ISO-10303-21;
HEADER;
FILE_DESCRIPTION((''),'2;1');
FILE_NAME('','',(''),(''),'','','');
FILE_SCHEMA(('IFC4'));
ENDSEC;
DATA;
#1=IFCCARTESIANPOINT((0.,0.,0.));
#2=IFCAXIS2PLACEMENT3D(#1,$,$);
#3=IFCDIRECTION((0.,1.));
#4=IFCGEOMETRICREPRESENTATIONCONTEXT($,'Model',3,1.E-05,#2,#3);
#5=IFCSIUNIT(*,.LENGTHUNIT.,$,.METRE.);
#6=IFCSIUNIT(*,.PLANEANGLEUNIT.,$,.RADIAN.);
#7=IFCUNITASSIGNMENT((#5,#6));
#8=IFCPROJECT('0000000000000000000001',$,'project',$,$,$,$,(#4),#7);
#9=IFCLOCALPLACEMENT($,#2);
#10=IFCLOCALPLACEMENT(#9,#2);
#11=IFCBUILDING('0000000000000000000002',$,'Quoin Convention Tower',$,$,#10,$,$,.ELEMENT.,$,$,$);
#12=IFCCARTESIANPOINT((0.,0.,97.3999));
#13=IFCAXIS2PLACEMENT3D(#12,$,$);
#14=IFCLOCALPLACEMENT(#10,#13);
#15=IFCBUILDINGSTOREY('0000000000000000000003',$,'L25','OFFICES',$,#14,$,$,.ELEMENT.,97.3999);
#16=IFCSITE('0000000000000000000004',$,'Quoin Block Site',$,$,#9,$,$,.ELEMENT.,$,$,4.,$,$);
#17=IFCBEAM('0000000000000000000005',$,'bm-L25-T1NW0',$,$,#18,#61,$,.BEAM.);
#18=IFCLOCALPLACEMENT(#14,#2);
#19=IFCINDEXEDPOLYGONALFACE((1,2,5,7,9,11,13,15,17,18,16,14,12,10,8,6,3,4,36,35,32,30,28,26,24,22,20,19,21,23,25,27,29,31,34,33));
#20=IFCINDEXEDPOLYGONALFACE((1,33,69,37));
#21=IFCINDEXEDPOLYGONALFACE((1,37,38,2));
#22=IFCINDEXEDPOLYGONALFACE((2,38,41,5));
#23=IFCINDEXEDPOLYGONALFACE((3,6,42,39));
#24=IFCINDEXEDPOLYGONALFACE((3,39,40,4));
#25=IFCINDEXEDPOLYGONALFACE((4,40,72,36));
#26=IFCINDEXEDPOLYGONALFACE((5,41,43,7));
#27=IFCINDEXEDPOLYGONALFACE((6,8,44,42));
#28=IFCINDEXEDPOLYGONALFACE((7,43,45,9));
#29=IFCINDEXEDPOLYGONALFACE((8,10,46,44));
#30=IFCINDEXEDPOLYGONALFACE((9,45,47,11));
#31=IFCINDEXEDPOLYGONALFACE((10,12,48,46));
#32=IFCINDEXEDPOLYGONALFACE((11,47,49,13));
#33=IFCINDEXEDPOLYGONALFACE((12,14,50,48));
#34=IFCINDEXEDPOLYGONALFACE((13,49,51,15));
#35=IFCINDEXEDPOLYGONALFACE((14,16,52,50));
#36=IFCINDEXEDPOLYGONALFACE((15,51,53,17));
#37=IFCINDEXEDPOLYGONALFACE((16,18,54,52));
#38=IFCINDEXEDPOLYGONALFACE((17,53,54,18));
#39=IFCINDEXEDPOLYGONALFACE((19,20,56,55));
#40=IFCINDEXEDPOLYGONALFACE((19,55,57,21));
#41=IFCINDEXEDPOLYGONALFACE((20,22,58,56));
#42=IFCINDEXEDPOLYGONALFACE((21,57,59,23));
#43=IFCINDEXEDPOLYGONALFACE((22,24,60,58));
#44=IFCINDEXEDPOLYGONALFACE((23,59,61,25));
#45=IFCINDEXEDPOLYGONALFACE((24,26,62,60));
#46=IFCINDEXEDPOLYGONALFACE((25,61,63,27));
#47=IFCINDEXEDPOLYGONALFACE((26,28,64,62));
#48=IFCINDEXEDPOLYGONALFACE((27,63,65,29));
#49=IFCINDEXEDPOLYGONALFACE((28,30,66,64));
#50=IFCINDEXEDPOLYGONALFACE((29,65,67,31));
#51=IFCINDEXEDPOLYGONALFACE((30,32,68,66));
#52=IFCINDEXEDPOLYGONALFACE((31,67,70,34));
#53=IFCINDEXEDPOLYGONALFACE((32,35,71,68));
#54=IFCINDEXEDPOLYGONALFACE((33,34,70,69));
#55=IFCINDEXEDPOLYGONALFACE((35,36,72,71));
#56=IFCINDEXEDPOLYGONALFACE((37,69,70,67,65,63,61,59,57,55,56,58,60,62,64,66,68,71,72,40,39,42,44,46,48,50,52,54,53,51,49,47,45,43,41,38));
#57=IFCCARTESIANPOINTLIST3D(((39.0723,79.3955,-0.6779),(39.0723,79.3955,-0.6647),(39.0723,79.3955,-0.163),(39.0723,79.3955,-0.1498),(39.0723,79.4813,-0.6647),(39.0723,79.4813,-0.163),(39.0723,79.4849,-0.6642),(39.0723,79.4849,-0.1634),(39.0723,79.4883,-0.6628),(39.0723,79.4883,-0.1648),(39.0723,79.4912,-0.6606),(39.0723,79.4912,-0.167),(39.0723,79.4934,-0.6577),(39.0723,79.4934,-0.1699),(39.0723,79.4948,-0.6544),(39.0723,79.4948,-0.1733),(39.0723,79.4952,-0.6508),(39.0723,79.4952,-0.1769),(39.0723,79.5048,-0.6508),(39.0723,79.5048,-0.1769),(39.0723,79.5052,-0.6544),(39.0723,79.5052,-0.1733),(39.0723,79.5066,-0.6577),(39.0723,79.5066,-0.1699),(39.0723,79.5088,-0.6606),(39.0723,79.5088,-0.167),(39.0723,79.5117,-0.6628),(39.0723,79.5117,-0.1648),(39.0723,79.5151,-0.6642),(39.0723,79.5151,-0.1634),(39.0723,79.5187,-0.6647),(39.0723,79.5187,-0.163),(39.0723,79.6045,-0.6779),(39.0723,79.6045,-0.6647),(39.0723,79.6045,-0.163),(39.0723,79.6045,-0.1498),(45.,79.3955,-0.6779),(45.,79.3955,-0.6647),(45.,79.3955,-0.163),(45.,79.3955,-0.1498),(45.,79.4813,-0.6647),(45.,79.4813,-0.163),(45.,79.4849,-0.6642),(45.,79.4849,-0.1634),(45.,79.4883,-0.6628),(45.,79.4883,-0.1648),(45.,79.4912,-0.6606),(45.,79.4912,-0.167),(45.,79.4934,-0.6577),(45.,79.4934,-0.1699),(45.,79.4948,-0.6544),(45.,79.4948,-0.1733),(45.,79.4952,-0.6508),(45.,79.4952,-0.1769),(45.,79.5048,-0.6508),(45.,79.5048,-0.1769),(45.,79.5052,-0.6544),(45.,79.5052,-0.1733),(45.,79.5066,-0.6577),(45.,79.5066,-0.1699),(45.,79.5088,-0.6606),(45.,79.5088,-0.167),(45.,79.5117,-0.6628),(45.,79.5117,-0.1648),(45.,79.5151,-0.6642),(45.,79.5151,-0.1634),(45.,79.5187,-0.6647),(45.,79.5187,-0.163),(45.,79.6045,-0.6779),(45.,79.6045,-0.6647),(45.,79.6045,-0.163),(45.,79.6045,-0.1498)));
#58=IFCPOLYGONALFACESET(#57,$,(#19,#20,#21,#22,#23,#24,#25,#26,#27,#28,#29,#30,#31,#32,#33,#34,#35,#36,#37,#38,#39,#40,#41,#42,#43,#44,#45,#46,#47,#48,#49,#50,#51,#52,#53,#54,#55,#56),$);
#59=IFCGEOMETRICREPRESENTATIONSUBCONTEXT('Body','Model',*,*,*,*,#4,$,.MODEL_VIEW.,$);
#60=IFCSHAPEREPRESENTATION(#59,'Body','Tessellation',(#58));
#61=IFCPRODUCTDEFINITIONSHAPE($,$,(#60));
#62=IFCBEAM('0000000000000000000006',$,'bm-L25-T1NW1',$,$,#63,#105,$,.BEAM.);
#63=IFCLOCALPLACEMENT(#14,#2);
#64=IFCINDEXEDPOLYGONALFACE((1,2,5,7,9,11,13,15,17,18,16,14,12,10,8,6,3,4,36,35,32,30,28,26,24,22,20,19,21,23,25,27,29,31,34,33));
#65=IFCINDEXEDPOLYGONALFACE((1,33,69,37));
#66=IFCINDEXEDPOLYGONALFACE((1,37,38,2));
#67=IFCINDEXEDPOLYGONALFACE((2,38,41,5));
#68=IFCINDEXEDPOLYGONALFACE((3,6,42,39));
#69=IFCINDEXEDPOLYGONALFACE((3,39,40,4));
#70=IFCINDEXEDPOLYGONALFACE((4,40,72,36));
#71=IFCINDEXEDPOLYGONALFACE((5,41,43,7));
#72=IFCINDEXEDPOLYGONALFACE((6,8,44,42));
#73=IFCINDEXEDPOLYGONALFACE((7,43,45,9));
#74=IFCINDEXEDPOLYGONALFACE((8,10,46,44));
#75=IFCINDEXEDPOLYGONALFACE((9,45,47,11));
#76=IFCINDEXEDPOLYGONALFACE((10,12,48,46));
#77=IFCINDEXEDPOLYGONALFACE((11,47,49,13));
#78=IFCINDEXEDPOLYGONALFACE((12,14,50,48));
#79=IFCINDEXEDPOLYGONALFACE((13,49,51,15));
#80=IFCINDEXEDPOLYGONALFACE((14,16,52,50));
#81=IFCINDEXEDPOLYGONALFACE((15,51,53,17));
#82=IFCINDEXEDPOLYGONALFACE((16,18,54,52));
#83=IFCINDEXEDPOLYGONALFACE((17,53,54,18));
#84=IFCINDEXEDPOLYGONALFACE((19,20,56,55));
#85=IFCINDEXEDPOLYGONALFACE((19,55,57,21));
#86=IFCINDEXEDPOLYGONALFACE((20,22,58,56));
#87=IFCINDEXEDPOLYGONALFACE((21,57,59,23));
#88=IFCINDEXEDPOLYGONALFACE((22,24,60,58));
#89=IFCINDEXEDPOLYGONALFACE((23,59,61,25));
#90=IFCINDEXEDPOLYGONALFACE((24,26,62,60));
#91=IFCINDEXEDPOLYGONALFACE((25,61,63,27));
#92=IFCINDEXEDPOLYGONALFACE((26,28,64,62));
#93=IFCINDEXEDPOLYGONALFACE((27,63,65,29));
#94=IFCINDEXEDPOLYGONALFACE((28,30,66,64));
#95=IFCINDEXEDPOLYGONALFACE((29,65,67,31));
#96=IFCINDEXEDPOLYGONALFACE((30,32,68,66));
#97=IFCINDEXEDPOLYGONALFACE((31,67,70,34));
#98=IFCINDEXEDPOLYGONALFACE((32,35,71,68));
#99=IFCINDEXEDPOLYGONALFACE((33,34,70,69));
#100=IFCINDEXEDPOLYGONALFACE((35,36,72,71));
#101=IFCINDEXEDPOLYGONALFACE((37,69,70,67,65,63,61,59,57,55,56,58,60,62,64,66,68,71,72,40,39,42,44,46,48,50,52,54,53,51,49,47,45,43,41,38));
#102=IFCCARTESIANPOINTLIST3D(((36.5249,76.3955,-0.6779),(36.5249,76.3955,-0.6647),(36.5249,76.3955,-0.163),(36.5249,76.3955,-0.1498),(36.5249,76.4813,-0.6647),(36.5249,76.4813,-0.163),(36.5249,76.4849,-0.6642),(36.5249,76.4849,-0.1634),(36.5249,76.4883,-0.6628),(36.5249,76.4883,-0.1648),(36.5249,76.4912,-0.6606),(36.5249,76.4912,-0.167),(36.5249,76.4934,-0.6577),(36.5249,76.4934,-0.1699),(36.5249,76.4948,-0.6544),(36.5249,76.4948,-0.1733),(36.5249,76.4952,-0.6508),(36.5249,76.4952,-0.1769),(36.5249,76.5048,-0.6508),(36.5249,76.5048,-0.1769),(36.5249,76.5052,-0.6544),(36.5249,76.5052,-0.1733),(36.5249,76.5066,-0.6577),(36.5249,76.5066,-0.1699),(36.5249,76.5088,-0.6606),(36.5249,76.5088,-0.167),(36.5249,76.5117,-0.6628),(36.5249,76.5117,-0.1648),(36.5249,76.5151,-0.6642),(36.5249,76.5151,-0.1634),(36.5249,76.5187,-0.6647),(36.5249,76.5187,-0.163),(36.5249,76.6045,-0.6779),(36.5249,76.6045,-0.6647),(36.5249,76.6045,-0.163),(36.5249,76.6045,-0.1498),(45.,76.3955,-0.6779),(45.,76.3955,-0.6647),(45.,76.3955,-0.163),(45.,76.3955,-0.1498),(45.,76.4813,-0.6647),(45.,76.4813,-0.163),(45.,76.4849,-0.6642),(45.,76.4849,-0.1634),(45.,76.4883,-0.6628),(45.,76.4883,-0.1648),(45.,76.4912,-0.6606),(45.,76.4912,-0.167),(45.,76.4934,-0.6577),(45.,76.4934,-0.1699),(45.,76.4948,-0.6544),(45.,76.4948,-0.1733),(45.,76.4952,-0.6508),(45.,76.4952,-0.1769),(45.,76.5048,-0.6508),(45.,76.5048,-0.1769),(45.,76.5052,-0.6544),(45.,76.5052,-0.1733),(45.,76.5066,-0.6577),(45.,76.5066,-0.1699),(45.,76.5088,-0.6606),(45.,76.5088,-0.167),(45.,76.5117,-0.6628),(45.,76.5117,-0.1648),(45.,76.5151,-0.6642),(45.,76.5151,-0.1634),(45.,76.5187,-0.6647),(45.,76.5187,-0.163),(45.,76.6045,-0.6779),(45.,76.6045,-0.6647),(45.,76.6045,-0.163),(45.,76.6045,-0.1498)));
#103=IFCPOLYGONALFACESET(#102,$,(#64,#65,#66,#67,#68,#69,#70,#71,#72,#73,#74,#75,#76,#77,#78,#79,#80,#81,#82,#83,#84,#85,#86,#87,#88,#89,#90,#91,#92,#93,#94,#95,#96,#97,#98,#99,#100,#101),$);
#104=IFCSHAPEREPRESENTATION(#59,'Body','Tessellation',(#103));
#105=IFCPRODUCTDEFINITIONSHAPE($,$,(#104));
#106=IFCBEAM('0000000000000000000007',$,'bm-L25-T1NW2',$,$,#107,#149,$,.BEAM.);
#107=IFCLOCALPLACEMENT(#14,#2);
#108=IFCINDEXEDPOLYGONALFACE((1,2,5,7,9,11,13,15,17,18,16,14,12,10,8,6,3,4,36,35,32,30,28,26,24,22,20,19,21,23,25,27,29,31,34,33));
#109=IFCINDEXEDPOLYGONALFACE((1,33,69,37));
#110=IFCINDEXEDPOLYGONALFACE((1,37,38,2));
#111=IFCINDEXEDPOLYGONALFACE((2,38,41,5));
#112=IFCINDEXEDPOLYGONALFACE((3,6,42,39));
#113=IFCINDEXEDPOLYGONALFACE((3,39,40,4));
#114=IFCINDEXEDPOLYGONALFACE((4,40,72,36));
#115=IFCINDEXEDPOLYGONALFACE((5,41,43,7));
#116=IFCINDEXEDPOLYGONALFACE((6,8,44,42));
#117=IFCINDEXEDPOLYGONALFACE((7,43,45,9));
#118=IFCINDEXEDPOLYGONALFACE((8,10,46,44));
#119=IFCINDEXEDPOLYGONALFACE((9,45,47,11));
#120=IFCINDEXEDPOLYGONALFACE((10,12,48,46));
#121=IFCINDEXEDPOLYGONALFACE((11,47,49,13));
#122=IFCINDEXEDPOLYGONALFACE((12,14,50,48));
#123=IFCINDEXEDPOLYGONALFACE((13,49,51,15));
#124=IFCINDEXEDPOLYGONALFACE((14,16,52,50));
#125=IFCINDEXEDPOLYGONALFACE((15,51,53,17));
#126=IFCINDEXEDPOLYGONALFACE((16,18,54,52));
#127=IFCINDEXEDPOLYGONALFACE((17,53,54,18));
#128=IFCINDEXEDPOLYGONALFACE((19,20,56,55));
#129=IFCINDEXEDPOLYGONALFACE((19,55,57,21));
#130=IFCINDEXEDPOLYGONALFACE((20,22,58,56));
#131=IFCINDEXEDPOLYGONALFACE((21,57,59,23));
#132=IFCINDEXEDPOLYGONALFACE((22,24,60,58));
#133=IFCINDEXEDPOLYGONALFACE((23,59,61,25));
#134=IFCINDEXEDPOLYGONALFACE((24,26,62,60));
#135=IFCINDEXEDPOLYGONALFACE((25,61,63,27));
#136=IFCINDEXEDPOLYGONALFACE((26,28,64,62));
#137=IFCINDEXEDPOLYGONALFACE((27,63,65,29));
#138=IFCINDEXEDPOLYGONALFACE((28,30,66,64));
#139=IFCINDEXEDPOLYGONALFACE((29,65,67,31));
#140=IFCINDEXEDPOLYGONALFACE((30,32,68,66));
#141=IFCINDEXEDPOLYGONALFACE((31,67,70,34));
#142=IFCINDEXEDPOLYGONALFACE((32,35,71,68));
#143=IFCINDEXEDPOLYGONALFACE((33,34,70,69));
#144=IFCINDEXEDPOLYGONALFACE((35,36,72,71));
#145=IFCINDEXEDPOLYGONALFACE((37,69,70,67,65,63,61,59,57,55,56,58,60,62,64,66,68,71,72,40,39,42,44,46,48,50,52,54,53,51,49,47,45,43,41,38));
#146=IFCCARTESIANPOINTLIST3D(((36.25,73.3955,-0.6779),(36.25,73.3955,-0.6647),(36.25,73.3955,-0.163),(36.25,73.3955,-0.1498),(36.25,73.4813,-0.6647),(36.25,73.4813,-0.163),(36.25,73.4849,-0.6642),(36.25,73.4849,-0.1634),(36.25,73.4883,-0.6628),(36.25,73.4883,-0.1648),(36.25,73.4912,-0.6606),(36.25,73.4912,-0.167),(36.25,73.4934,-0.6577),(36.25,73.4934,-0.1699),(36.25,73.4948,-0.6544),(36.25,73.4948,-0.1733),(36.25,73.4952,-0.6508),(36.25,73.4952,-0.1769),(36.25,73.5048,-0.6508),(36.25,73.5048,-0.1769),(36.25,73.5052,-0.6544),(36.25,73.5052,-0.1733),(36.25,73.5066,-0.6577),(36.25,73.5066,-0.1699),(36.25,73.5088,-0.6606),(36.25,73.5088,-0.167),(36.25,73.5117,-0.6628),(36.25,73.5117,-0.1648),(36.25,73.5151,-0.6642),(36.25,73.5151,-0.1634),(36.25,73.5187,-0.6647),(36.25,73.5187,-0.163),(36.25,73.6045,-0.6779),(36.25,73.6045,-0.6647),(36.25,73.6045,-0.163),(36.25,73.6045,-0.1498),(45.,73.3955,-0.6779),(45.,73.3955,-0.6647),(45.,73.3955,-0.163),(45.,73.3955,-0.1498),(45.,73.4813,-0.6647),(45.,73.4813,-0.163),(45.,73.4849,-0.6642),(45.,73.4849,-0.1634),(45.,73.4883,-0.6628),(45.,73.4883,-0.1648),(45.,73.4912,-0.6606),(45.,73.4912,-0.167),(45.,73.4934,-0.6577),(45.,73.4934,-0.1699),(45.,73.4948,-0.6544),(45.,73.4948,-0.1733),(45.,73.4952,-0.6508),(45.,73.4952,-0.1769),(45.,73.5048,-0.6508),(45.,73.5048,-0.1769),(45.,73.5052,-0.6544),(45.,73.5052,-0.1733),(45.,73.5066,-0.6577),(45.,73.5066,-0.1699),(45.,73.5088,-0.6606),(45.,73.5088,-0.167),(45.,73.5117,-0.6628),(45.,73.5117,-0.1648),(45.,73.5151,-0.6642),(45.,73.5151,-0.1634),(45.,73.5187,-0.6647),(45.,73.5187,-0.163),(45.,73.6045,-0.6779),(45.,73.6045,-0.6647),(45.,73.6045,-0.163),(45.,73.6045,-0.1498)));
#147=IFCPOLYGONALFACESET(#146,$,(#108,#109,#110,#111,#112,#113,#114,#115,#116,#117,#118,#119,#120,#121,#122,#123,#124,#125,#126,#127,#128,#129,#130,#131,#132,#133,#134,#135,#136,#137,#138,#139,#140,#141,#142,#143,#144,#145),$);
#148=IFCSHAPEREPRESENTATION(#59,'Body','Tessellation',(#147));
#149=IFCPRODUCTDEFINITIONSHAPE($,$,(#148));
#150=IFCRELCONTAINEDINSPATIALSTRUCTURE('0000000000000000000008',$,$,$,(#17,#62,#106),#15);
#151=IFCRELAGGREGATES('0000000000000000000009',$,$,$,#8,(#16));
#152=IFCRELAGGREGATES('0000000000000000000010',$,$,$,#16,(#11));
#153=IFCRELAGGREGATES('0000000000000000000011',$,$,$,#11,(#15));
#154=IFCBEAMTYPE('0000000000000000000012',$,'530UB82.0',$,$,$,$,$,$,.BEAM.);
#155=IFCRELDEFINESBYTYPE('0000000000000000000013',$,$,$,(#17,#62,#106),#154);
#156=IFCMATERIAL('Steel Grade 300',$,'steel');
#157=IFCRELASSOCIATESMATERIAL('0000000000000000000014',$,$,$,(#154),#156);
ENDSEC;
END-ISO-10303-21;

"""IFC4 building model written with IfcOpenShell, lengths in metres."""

from ifc_helpers import new_model, si_unit, direction, frame, origin, origin_2d, place, context, subcontext, project, spatial, i_section, extrude, material, material_profile, profile_set, type_object, element, save


model = new_model("IFC4")

# Units and contexts
model_context = context("Model", 3, precision=1e-05, world=origin(), true_north=direction((0.0, 1.0)))
body_context = subcontext(model_context, "Body", "Model", "MODEL_VIEW")
ifc_project = project(units=[si_unit("LENGTHUNIT", "METRE"), si_unit("PLANEANGLEUNIT", "RADIAN")], contexts=[model_context])

# Site, building, storey
site_placement = place(None, origin())
site = spatial("IfcSite", under=ifc_project, at=site_placement, Name="Quoin Block Site", CompositionType="ELEMENT", RefElevation=4.0)
building_placement = place(site_placement, origin())
building = spatial("IfcBuilding", under=site, at=building_placement, Name="Quoin Convention Tower", CompositionType="ELEMENT")
storey_placement = place(building_placement, frame((0.0, 0.0, 97.3999)))
storey = spatial("IfcBuildingStorey", under=building, at=storey_placement, Name="L25", Description="OFFICES", CompositionType="ELEMENT", Elevation=97.3999)

# Beams
ifc_material_1 = material(Name="Steel Grade 300", Category="steel")
ifc_material_profile_1 = material_profile(ifc_material_1, i_section(OverallWidth=0.209, OverallDepth=0.5281, WebThickness=0.0095, FlangeThickness=0.0132, FilletRadius=0.0139, at=origin_2d()), Name="530UB82.0")
ifc_profile_set_1 = profile_set([ifc_material_profile_1], Name="Steel Grade 300")
beam_type_1 = type_object("IfcBeamType", Name="530UB82.0", PredefinedType="BEAM", material=ifc_profile_set_1)
beam_1_placement = place(storey_placement, frame((39.0723, 79.5, -0.4138), z_axis=(1.0, 0.0, 0.0), x_axis=(0.0, 1.0, 0.0)))
element("IfcBeam", 1, at=beam_1_placement, inside=storey, type_object=beam_type_1, Name="bm-L25-T1NW0", PredefinedType="BEAM", context=body_context, shape_type="SweptSolid", body=[
    extrude(i_section(OverallWidth=0.209, OverallDepth=0.5281, WebThickness=0.0095, FlangeThickness=0.0132, FilletRadius=0.0139, at=origin_2d()), origin(), (0.0, 0.0, 1.0), 5.9277),
])
beam_2_placement = place(storey_placement, frame((36.5249, 76.5, -0.4138), z_axis=(1.0, 0.0, 0.0), x_axis=(0.0, 1.0, 0.0)))
element("IfcBeam", 2, at=beam_2_placement, inside=storey, type_object=beam_type_1, Name="bm-L25-T1NW1", PredefinedType="BEAM", context=body_context, shape_type="SweptSolid", body=[
    extrude(i_section(OverallWidth=0.209, OverallDepth=0.5281, WebThickness=0.0095, FlangeThickness=0.0132, FilletRadius=0.0139, at=origin_2d()), origin(), (0.0, 0.0, 1.0), 8.4751),
])
beam_3_placement = place(storey_placement, frame((36.25, 73.5, -0.4138), z_axis=(1.0, 0.0, 0.0), x_axis=(0.0, 1.0, 0.0)))
element("IfcBeam", 3, at=beam_3_placement, inside=storey, type_object=beam_type_1, Name="bm-L25-T1NW2", PredefinedType="BEAM", context=body_context, shape_type="SweptSolid", body=[
    extrude(i_section(OverallWidth=0.209, OverallDepth=0.5281, WebThickness=0.0095, FlangeThickness=0.0132, FilletRadius=0.0139, at=origin_2d()), origin(), (0.0, 0.0, 1.0), 8.75),
])

save(model, "model.ifc")
